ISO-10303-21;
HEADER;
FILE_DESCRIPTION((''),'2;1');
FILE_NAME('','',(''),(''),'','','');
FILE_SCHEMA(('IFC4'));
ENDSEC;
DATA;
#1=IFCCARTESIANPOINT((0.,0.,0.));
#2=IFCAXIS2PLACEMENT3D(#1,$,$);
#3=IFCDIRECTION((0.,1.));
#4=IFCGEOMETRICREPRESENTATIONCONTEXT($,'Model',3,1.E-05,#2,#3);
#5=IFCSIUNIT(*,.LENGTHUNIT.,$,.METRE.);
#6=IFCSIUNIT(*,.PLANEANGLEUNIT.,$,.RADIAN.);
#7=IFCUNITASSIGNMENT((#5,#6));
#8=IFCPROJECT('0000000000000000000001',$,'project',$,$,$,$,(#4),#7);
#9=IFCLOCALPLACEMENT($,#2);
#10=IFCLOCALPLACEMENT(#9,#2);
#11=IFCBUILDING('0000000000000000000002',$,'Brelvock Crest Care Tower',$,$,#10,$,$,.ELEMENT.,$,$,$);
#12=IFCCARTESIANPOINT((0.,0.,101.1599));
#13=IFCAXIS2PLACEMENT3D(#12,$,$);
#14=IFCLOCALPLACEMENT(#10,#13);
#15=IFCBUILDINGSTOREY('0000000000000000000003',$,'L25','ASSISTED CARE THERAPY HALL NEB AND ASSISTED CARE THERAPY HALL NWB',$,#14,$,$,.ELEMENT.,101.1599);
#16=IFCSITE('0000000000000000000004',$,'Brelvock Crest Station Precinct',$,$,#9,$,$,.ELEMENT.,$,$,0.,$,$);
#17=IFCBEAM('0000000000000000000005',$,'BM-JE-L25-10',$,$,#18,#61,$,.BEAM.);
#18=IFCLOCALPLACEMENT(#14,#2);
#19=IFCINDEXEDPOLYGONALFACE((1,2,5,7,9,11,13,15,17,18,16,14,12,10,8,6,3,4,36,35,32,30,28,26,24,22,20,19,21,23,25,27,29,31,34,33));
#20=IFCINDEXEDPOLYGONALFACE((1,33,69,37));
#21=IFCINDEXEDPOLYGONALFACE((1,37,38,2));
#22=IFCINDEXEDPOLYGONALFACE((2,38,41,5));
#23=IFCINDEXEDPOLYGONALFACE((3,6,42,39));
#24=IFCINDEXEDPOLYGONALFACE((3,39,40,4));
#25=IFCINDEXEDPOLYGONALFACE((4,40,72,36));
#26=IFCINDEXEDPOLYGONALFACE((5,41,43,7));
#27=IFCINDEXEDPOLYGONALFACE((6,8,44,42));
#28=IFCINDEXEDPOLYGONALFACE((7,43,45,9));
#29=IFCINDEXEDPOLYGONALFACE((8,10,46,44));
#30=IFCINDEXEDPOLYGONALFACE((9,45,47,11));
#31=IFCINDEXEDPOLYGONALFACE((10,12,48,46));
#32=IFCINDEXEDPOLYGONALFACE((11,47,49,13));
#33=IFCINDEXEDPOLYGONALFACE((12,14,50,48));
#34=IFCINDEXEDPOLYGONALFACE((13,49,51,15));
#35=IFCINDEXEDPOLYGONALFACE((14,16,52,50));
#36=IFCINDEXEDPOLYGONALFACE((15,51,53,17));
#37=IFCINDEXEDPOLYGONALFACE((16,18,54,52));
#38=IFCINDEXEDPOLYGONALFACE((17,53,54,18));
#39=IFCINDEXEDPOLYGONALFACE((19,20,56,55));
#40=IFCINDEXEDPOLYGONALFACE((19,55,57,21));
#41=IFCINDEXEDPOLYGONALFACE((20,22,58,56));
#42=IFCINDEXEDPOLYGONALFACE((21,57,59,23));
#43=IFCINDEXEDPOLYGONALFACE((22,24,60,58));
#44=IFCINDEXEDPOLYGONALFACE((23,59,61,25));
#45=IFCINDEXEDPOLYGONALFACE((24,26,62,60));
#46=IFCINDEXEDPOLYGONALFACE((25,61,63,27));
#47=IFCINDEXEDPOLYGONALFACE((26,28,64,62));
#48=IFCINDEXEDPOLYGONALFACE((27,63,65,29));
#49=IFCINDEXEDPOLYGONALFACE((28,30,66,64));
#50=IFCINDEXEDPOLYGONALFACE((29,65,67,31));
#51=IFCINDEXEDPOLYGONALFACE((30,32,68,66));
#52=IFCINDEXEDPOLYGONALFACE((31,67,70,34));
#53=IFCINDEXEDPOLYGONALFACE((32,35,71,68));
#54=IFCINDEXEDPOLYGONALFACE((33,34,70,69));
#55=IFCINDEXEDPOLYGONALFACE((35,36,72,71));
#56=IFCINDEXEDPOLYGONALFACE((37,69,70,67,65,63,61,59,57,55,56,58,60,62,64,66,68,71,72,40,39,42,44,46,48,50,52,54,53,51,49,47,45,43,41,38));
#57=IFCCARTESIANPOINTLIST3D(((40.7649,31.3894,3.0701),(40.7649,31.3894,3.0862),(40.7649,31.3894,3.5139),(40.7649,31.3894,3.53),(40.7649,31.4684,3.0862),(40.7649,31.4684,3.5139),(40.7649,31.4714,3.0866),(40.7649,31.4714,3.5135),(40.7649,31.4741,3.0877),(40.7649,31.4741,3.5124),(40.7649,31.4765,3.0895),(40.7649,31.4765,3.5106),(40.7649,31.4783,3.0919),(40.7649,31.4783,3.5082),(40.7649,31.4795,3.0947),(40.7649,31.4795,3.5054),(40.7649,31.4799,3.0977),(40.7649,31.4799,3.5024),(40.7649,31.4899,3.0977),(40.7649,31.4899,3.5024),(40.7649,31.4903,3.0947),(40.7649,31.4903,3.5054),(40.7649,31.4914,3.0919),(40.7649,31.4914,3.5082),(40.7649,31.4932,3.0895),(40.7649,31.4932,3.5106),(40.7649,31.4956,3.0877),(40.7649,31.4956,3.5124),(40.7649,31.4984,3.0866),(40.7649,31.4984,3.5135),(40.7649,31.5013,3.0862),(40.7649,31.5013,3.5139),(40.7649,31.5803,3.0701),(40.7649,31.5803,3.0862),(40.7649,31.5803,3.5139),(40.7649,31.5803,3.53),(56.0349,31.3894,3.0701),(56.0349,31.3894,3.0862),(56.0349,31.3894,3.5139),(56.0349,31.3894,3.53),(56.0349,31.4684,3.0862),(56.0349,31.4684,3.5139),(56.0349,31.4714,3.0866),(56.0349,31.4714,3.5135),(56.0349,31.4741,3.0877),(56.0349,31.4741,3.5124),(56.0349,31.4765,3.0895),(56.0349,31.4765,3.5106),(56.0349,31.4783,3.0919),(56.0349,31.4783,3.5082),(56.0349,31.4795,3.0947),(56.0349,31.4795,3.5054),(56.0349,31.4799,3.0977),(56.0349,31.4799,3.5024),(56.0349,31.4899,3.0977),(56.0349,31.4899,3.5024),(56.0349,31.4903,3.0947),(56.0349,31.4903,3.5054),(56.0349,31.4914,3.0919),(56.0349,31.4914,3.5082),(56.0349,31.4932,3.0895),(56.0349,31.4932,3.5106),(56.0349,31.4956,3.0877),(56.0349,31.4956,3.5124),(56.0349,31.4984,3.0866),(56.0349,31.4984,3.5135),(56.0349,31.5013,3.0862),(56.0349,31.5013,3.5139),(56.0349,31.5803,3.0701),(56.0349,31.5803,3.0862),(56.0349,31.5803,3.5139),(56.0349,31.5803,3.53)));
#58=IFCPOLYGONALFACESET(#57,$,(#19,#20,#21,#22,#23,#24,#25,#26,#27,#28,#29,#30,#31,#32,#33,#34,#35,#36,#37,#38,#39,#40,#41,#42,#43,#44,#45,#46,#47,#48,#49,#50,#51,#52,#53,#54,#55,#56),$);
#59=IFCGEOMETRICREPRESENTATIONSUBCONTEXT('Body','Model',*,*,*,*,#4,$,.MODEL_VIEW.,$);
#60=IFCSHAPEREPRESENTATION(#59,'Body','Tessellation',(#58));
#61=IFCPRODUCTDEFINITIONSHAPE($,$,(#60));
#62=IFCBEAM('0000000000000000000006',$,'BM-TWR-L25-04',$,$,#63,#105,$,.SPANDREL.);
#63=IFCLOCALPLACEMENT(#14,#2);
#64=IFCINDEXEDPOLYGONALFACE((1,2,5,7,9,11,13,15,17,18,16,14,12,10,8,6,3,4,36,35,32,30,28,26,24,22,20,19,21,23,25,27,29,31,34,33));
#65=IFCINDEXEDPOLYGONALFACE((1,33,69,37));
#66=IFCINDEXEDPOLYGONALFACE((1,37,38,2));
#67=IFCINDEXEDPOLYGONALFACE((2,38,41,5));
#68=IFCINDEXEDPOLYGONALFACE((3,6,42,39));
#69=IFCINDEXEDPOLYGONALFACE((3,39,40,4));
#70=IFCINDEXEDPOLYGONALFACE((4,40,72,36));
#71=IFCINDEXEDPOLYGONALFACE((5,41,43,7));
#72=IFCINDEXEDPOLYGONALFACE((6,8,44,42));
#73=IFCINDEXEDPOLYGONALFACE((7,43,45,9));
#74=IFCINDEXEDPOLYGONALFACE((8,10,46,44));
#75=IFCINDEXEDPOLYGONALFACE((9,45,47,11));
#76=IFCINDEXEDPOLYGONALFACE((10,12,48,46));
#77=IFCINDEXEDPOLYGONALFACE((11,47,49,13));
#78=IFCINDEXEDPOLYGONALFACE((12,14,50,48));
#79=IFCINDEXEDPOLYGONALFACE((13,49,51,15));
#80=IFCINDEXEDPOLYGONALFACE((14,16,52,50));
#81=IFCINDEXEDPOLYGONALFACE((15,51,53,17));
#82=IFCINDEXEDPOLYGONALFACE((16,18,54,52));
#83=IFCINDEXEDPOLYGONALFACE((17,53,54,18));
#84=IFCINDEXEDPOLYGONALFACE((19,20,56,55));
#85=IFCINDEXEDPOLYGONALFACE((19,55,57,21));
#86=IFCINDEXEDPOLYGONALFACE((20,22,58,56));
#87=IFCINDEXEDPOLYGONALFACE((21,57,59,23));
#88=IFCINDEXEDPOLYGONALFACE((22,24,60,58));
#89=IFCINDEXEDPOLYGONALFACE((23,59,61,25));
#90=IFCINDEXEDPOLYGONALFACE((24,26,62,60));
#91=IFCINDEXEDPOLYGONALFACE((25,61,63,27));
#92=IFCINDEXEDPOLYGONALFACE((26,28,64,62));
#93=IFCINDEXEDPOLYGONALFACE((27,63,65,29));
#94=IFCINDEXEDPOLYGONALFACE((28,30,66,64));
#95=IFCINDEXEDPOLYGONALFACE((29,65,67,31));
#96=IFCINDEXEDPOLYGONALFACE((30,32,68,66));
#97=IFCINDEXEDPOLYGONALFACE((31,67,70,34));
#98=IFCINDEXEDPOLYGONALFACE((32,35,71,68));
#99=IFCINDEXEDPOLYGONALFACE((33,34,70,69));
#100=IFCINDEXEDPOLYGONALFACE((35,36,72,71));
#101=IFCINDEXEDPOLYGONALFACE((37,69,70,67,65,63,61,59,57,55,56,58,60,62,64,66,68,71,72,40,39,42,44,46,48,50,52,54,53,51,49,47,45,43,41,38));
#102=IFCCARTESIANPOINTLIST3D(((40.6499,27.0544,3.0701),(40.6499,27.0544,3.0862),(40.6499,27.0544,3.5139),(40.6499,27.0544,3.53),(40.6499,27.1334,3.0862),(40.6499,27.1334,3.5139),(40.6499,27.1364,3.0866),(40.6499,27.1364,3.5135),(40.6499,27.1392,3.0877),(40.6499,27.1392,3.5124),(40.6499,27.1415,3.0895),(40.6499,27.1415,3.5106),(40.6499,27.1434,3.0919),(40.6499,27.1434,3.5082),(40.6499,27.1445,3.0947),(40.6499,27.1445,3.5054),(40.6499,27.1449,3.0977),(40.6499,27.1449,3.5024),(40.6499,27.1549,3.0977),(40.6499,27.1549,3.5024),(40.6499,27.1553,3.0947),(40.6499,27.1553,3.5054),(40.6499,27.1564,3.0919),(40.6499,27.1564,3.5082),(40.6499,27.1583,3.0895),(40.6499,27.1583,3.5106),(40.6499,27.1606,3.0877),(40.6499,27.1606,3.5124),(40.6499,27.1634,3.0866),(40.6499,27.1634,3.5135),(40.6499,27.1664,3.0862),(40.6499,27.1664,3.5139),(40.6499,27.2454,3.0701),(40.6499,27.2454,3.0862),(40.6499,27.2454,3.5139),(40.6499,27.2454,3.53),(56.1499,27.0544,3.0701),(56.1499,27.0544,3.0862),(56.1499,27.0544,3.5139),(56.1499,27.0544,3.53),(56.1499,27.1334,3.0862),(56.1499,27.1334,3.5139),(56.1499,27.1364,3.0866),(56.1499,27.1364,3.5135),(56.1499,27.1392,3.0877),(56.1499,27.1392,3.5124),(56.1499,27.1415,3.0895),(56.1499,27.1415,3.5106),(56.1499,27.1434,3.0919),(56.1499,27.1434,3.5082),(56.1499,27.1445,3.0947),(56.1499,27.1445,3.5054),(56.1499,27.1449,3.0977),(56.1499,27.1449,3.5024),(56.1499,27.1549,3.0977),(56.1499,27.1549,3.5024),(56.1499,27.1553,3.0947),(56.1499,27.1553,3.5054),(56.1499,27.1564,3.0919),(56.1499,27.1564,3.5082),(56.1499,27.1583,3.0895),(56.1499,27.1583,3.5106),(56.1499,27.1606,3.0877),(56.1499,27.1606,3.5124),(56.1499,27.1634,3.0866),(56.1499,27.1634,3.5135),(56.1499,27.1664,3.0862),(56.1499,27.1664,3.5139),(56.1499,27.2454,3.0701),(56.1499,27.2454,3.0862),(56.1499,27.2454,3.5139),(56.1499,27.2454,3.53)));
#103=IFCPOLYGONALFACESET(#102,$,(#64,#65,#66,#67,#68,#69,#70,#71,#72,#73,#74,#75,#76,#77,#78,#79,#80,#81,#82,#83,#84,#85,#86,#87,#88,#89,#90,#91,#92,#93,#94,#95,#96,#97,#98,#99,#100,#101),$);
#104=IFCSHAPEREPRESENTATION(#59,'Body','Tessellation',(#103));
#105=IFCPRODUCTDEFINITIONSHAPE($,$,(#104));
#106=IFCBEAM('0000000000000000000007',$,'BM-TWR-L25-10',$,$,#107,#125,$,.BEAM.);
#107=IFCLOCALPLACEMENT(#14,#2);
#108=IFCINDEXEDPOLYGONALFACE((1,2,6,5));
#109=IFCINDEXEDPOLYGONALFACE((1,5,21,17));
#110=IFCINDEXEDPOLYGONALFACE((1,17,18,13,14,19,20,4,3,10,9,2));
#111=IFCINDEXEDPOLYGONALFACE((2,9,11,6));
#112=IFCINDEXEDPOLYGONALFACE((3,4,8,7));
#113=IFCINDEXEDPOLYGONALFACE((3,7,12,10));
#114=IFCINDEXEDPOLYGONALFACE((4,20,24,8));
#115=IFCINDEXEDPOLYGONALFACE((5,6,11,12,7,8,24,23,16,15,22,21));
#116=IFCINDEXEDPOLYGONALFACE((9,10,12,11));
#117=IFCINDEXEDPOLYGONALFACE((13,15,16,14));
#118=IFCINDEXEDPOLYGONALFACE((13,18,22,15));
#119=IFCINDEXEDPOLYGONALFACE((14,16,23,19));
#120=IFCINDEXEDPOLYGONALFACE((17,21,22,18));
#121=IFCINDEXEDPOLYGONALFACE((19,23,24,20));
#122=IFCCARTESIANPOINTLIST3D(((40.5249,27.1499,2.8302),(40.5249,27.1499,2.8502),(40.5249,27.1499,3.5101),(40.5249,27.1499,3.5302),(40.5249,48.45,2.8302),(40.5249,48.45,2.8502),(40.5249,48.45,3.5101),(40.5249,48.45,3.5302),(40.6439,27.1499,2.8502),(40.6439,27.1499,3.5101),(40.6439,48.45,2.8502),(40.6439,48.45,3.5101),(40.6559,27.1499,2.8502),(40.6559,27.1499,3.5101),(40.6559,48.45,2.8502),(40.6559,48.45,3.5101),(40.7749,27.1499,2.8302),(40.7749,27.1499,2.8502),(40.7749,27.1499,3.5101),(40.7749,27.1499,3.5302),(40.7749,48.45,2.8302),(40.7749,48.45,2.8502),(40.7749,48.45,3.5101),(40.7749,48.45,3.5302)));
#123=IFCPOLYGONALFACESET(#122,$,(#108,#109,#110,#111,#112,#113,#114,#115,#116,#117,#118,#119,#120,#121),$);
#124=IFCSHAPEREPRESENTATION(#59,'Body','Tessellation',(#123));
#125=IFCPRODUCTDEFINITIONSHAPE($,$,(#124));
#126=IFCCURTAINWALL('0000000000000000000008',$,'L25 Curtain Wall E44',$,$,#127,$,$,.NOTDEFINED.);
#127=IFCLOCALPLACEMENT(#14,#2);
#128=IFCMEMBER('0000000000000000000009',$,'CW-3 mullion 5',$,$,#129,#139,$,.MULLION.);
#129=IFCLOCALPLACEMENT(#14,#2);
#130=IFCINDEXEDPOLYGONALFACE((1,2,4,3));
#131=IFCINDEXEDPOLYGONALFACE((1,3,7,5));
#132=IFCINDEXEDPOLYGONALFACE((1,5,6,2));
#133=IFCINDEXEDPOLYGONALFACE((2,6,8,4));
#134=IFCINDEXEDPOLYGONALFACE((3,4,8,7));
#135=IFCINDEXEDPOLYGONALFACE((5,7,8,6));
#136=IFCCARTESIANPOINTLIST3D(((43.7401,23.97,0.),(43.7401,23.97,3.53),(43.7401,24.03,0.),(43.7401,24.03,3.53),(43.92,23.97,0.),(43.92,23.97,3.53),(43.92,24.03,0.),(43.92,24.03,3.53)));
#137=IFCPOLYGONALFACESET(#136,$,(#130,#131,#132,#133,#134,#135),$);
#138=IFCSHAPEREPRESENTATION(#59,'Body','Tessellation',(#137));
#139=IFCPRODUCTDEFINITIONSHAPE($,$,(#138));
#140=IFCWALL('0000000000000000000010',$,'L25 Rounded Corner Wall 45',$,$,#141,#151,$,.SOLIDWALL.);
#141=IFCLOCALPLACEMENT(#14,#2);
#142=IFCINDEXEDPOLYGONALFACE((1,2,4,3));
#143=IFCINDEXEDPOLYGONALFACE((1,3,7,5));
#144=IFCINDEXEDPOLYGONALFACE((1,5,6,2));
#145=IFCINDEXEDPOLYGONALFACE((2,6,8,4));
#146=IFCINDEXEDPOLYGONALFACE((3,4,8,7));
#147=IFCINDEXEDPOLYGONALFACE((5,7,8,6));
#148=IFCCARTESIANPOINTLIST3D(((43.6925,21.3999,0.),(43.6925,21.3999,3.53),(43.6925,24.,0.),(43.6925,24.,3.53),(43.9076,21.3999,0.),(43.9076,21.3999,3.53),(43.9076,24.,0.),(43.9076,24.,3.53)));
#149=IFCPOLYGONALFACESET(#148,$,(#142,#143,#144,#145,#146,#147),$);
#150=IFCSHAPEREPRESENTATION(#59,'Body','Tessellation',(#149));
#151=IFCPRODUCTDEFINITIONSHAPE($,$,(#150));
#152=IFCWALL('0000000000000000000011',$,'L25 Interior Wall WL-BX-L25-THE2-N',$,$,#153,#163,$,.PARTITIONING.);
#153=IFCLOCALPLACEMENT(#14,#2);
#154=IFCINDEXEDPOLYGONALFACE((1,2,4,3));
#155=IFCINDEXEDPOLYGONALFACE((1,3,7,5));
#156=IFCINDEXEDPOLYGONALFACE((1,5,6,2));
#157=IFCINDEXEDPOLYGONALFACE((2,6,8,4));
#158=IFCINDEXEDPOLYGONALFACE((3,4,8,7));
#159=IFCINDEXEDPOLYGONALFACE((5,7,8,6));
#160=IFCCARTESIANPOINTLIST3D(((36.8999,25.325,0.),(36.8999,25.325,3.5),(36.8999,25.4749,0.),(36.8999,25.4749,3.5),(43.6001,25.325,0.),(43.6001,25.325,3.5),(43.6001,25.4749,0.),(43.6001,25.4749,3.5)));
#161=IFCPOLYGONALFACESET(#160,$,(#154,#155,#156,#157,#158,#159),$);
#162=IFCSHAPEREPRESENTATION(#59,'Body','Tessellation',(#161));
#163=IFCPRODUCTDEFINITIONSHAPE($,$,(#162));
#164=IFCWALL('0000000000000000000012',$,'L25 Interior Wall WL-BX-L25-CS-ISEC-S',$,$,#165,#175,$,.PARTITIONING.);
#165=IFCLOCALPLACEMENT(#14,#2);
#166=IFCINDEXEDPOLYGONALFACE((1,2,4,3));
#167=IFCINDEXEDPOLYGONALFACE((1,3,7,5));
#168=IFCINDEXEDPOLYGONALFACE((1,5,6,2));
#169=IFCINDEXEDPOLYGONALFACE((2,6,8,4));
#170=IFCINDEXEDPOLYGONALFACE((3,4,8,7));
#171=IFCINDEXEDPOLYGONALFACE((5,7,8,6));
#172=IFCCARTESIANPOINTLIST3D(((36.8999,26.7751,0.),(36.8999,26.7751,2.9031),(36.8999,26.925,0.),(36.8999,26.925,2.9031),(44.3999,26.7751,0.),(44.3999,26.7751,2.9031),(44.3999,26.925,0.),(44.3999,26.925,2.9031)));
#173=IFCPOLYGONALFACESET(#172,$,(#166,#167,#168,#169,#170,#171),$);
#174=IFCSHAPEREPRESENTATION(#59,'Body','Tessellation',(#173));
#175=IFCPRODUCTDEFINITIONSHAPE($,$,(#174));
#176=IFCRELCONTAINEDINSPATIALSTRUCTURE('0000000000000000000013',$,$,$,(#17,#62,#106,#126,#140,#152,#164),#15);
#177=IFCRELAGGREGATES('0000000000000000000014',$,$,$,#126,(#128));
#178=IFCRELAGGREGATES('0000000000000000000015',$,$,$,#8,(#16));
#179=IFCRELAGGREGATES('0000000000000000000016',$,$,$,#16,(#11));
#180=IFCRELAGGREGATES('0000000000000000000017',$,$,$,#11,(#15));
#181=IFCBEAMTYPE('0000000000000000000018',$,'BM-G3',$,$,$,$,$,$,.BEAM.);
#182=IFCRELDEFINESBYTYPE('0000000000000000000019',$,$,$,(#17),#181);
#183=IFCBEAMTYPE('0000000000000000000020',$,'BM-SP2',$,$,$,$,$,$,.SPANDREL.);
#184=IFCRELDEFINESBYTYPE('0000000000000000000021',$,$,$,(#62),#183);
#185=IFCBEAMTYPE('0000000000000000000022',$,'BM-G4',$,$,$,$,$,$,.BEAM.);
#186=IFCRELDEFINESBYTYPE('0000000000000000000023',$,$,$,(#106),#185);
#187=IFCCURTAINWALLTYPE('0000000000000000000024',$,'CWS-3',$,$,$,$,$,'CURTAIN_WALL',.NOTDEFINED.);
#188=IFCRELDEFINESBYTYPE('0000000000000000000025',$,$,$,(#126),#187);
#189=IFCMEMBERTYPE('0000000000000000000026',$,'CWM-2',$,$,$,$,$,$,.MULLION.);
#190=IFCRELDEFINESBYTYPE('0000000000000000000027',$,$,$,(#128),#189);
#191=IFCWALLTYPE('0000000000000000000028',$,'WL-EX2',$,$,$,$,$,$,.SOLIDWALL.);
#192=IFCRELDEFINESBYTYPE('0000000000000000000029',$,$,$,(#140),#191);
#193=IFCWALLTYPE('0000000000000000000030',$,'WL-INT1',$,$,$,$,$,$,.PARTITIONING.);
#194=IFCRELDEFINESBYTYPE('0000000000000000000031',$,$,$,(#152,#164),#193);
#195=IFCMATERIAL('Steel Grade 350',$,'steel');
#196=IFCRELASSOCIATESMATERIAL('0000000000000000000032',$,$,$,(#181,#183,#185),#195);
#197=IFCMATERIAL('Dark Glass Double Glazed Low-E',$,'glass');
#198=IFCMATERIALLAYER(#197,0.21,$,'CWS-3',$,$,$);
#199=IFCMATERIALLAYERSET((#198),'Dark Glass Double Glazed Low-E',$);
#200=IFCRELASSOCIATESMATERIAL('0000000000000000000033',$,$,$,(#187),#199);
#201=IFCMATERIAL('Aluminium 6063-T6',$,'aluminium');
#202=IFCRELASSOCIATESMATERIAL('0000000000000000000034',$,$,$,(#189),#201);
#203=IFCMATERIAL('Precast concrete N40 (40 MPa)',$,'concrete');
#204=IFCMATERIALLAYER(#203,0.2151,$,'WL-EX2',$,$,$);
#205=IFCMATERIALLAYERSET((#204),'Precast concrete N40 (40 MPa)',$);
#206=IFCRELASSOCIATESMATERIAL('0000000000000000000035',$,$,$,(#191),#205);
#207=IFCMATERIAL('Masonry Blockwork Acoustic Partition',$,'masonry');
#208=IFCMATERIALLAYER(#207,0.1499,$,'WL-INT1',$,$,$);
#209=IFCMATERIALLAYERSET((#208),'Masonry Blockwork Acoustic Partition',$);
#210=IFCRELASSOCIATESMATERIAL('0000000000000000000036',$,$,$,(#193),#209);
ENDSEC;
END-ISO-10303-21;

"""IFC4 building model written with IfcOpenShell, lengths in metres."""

from ifc_helpers import new_model, si_unit, direction, frame, frame_2d, origin, origin_2d, place, context, subcontext, project, spatial, rectangle, i_section, extrude, source, transform, mapped, material, layer, layer_set, material_profile, profile_set, type_object, element, aggregate, save


model = new_model("IFC4")

# Units and contexts
model_context = context("Model", 3, precision=1e-05, world=origin(), true_north=direction((0.0, 1.0)))
body_context = subcontext(model_context, "Body", "Model", "MODEL_VIEW")
ifc_project = project(units=[si_unit("LENGTHUNIT", "METRE"), si_unit("PLANEANGLEUNIT", "RADIAN")], contexts=[model_context])

# Site, building, storey
site_placement = place(None, origin())
site = spatial("IfcSite", under=ifc_project, at=site_placement, Name="Brelvock Crest Station Precinct", CompositionType="ELEMENT", RefElevation=0.0)
building_placement = place(site_placement, origin())
building = spatial("IfcBuilding", under=site, at=building_placement, Name="Brelvock Crest Care Tower", CompositionType="ELEMENT")
storey_placement = place(building_placement, frame((0.0, 0.0, 101.1599)))
storey = spatial("IfcBuildingStorey", under=building, at=storey_placement, Name="L25", Description="ASSISTED CARE THERAPY HALL NEB AND ASSISTED CARE THERAPY HALL NWB", CompositionType="ELEMENT", Elevation=101.1599)

# Shared definitions
ifc_material_1 = material(Name="Steel Grade 350", Category="steel")

# Beams
ifc_material_profile_1 = material_profile(ifc_material_1, i_section(OverallWidth=0.1909, OverallDepth=0.46, WebThickness=0.01, FlangeThickness=0.0161, FilletRadius=0.0115, at=origin_2d()), Name="460UB82.1")
ifc_profile_set_1 = profile_set([ifc_material_profile_1], Name="Steel Grade 350")
beam_type_1 = type_object("IfcBeamType", Name="BM-G3", PredefinedType="BEAM", material=ifc_profile_set_1)
shared_shape_1 = source(origin(), body_context, "Body", "SweptSolid", [
    extrude(i_section(OverallWidth=0.1909, OverallDepth=0.46, WebThickness=0.01, FlangeThickness=0.0161, FilletRadius=0.0115, at=origin_2d()), origin(), (0.0, 0.0, 1.0), 15.27),
])
for number, where, z_axis, x_axis, name in (
    (1, (40.7649, 31.4849, 3.3), (1.0, 0.0, 0.0), (0.0, 1.0, 0.0), "BM-JE-L25-10"),
):
    element("IfcBeam", number, at=place(storey_placement, frame(where, z_axis=z_axis, x_axis=x_axis)), inside=storey, type_object=beam_type_1, Name=name, PredefinedType="BEAM", context=body_context, shape_type="MappedRepresentation", body=[
        mapped(shared_shape_1, transform((0.0, 0.0, 0.0), x_axis=(1.0, 0.0, 0.0), y_axis=(0.0, 1.0, 0.0), z_axis=(0.0, 0.0, 1.0), scale=1.0)),
    ])
ifc_material_profile_2 = material_profile(ifc_material_1, i_section(OverallWidth=0.1909, OverallDepth=0.46, WebThickness=0.01, FlangeThickness=0.0161, FilletRadius=0.0115, at=origin_2d()), Name="460UB82.1")
ifc_profile_set_2 = profile_set([ifc_material_profile_2], Name="Steel Grade 350")
beam_type_2 = type_object("IfcBeamType", Name="BM-SP2", PredefinedType="SPANDREL", material=ifc_profile_set_2)
shared_shape_2 = source(origin(), body_context, "Body", "SweptSolid", [
    extrude(i_section(OverallWidth=0.1909, OverallDepth=0.46, WebThickness=0.01, FlangeThickness=0.0161, FilletRadius=0.0115, at=origin_2d()), origin(), (0.0, 0.0, 1.0), 15.5),
])
beam_1_placement = place(storey_placement, frame((40.6499, 27.1499, 3.3), z_axis=(1.0, 0.0, 0.0), x_axis=(0.0, 1.0, 0.0)))
element("IfcBeam", 2, at=beam_1_placement, inside=storey, type_object=beam_type_2, Name="BM-TWR-L25-04", PredefinedType="SPANDREL", context=body_context, shape_type="MappedRepresentation", body=[
    mapped(shared_shape_2, transform((0.0, 0.0, 0.0), x_axis=(1.0, 0.0, 0.0), y_axis=(0.0, 1.0, 0.0), z_axis=(0.0, 0.0, 1.0), scale=1.0)),
])
ifc_material_profile_3 = material_profile(ifc_material_1, i_section(OverallWidth=0.25, OverallDepth=0.7, WebThickness=0.012, FlangeThickness=0.02, at=origin_2d()), Name="700WB150")
ifc_profile_set_3 = profile_set([ifc_material_profile_3], Name="Steel Grade 350")
beam_type_3 = type_object("IfcBeamType", Name="BM-G4", PredefinedType="BEAM", material=ifc_profile_set_3)
shared_shape_3 = source(origin(), body_context, "Body", "SweptSolid", [
    extrude(i_section(OverallWidth=0.25, OverallDepth=0.7, WebThickness=0.012, FlangeThickness=0.02, at=origin_2d()), origin(), (0.0, 0.0, 1.0), 21.3),
])
beam_2_placement = place(storey_placement, frame((40.6499, 27.1499, 3.1802), z_axis=(0.0, 1.0, 0.0), x_axis=(-1.0, 0.0, 0.0)))
element("IfcBeam", 3, at=beam_2_placement, inside=storey, type_object=beam_type_3, Name="BM-TWR-L25-10", PredefinedType="BEAM", context=body_context, shape_type="MappedRepresentation", body=[
    mapped(shared_shape_3, transform((0.0, 0.0, 0.0), x_axis=(1.0, 0.0, 0.0), y_axis=(0.0, 1.0, 0.0), z_axis=(0.0, 0.0, 1.0), scale=1.0)),
])

# Curtain wall, member
ifc_material_2 = material(Name="Dark Glass Double Glazed Low-E", Category="glass")
ifc_layer_1 = layer(ifc_material_2, 0.21, Name="CWS-3")
ifc_layer_set_1 = layer_set([ifc_layer_1], Name="Dark Glass Double Glazed Low-E")
curtain_wall_type = type_object("IfcCurtainWallType", Name="CWS-3", ElementType="CURTAIN_WALL", PredefinedType="NOTDEFINED", material=ifc_layer_set_1)
curtain_wall_placement = place(storey_placement, origin())
curtain_wall = element("IfcCurtainWall", 4, at=curtain_wall_placement, inside=storey, type_object=curtain_wall_type, Name="L25 Curtain Wall E44", PredefinedType="NOTDEFINED")
ifc_material_3 = material(Name="Aluminium 6063-T6", Category="aluminium")
ifc_material_profile_4 = material_profile(ifc_material_3, rectangle(XDim=0.0601, YDim=0.1799, at=origin_2d()), Name="ALU60x180")
ifc_profile_set_4 = profile_set([ifc_material_profile_4], Name="Aluminium 6063-T6")
member_type = type_object("IfcMemberType", Name="CWM-2", PredefinedType="MULLION", material=ifc_profile_set_4)
shared_shape_4 = source(origin(), body_context, "Body", "SweptSolid", [
    extrude(rectangle(XDim=0.0601, YDim=0.1799, at=origin_2d()), origin(), (0.0, 0.0, 1.0), 3.53),
])
member_placement = place(storey_placement, frame((43.8301, 24.0, 0.0), z_axis=(0.0, 0.0, 1.0), x_axis=(0.0, -1.0, 0.0)))
member = element("IfcMember", 5, at=member_placement, type_object=member_type, Name="CW-3 mullion 5", PredefinedType="MULLION", context=body_context, shape_type="MappedRepresentation", body=[
    mapped(shared_shape_4, transform((0.0, 0.0, 0.0), x_axis=(1.0, 0.0, 0.0), y_axis=(0.0, 1.0, 0.0), z_axis=(0.0, 0.0, 1.0), scale=1.0)),
])
aggregate(curtain_wall, [member])

# Walls
ifc_material_4 = material(Name="Precast concrete N40 (40 MPa)", Category="concrete")
ifc_layer_2 = layer(ifc_material_4, 0.2151, Name="WL-EX2")
ifc_layer_set_2 = layer_set([ifc_layer_2], Name="Precast concrete N40 (40 MPa)")
wall_type_1 = type_object("IfcWallType", Name="WL-EX2", PredefinedType="SOLIDWALL", material=ifc_layer_set_2)
wall_1_placement = place(storey_placement, frame((43.8, 24.0, 0.0), z_axis=(0.0, 0.0, 1.0), x_axis=(0.0, -1.0, 0.0)))
element("IfcWall", 6, at=wall_1_placement, inside=storey, type_object=wall_type_1, Name="L25 Rounded Corner Wall 45", PredefinedType="SOLIDWALL", context=body_context, shape_type="SweptSolid", body=[
    extrude(rectangle(XDim=2.6001, YDim=0.2151, at=frame_2d((1.3, 0.0))), origin(), (0.0, 0.0, 1.0), 3.53),
])
ifc_material_5 = material(Name="Masonry Blockwork Acoustic Partition", Category="masonry")
ifc_layer_3 = layer(ifc_material_5, 0.1499, Name="WL-INT1")
ifc_layer_set_3 = layer_set([ifc_layer_3], Name="Masonry Blockwork Acoustic Partition")
wall_type_2 = type_object("IfcWallType", Name="WL-INT1", PredefinedType="PARTITIONING", material=ifc_layer_set_3)
wall_2_placement = place(storey_placement, frame((36.8999, 25.3999, 0.0), z_axis=(0.0, 0.0, 1.0), x_axis=(1.0, 0.0, 0.0)))
element("IfcWall", 7, at=wall_2_placement, inside=storey, type_object=wall_type_2, Name="L25 Interior Wall WL-BX-L25-THE2-N", PredefinedType="PARTITIONING", context=body_context, shape_type="SweptSolid", body=[
    extrude(rectangle(XDim=6.7002, YDim=0.1499, at=frame_2d((3.3501, 0.0))), origin(), (0.0, 0.0, 1.0), 3.5),
])
wall_3_placement = place(storey_placement, frame((36.8999, 26.8501, 0.0), z_axis=(0.0, 0.0, 1.0), x_axis=(1.0, 0.0, 0.0)))
element("IfcWall", 8, at=wall_3_placement, inside=storey, type_object=wall_type_2, Name="L25 Interior Wall WL-BX-L25-CS-ISEC-S", PredefinedType="PARTITIONING", context=body_context, shape_type="SweptSolid", body=[
    extrude(rectangle(XDim=7.5, YDim=0.1499, at=frame_2d((3.75, 0.0))), origin(), (0.0, 0.0, 1.0), 2.9031),
])

save(model, "model.ifc")
